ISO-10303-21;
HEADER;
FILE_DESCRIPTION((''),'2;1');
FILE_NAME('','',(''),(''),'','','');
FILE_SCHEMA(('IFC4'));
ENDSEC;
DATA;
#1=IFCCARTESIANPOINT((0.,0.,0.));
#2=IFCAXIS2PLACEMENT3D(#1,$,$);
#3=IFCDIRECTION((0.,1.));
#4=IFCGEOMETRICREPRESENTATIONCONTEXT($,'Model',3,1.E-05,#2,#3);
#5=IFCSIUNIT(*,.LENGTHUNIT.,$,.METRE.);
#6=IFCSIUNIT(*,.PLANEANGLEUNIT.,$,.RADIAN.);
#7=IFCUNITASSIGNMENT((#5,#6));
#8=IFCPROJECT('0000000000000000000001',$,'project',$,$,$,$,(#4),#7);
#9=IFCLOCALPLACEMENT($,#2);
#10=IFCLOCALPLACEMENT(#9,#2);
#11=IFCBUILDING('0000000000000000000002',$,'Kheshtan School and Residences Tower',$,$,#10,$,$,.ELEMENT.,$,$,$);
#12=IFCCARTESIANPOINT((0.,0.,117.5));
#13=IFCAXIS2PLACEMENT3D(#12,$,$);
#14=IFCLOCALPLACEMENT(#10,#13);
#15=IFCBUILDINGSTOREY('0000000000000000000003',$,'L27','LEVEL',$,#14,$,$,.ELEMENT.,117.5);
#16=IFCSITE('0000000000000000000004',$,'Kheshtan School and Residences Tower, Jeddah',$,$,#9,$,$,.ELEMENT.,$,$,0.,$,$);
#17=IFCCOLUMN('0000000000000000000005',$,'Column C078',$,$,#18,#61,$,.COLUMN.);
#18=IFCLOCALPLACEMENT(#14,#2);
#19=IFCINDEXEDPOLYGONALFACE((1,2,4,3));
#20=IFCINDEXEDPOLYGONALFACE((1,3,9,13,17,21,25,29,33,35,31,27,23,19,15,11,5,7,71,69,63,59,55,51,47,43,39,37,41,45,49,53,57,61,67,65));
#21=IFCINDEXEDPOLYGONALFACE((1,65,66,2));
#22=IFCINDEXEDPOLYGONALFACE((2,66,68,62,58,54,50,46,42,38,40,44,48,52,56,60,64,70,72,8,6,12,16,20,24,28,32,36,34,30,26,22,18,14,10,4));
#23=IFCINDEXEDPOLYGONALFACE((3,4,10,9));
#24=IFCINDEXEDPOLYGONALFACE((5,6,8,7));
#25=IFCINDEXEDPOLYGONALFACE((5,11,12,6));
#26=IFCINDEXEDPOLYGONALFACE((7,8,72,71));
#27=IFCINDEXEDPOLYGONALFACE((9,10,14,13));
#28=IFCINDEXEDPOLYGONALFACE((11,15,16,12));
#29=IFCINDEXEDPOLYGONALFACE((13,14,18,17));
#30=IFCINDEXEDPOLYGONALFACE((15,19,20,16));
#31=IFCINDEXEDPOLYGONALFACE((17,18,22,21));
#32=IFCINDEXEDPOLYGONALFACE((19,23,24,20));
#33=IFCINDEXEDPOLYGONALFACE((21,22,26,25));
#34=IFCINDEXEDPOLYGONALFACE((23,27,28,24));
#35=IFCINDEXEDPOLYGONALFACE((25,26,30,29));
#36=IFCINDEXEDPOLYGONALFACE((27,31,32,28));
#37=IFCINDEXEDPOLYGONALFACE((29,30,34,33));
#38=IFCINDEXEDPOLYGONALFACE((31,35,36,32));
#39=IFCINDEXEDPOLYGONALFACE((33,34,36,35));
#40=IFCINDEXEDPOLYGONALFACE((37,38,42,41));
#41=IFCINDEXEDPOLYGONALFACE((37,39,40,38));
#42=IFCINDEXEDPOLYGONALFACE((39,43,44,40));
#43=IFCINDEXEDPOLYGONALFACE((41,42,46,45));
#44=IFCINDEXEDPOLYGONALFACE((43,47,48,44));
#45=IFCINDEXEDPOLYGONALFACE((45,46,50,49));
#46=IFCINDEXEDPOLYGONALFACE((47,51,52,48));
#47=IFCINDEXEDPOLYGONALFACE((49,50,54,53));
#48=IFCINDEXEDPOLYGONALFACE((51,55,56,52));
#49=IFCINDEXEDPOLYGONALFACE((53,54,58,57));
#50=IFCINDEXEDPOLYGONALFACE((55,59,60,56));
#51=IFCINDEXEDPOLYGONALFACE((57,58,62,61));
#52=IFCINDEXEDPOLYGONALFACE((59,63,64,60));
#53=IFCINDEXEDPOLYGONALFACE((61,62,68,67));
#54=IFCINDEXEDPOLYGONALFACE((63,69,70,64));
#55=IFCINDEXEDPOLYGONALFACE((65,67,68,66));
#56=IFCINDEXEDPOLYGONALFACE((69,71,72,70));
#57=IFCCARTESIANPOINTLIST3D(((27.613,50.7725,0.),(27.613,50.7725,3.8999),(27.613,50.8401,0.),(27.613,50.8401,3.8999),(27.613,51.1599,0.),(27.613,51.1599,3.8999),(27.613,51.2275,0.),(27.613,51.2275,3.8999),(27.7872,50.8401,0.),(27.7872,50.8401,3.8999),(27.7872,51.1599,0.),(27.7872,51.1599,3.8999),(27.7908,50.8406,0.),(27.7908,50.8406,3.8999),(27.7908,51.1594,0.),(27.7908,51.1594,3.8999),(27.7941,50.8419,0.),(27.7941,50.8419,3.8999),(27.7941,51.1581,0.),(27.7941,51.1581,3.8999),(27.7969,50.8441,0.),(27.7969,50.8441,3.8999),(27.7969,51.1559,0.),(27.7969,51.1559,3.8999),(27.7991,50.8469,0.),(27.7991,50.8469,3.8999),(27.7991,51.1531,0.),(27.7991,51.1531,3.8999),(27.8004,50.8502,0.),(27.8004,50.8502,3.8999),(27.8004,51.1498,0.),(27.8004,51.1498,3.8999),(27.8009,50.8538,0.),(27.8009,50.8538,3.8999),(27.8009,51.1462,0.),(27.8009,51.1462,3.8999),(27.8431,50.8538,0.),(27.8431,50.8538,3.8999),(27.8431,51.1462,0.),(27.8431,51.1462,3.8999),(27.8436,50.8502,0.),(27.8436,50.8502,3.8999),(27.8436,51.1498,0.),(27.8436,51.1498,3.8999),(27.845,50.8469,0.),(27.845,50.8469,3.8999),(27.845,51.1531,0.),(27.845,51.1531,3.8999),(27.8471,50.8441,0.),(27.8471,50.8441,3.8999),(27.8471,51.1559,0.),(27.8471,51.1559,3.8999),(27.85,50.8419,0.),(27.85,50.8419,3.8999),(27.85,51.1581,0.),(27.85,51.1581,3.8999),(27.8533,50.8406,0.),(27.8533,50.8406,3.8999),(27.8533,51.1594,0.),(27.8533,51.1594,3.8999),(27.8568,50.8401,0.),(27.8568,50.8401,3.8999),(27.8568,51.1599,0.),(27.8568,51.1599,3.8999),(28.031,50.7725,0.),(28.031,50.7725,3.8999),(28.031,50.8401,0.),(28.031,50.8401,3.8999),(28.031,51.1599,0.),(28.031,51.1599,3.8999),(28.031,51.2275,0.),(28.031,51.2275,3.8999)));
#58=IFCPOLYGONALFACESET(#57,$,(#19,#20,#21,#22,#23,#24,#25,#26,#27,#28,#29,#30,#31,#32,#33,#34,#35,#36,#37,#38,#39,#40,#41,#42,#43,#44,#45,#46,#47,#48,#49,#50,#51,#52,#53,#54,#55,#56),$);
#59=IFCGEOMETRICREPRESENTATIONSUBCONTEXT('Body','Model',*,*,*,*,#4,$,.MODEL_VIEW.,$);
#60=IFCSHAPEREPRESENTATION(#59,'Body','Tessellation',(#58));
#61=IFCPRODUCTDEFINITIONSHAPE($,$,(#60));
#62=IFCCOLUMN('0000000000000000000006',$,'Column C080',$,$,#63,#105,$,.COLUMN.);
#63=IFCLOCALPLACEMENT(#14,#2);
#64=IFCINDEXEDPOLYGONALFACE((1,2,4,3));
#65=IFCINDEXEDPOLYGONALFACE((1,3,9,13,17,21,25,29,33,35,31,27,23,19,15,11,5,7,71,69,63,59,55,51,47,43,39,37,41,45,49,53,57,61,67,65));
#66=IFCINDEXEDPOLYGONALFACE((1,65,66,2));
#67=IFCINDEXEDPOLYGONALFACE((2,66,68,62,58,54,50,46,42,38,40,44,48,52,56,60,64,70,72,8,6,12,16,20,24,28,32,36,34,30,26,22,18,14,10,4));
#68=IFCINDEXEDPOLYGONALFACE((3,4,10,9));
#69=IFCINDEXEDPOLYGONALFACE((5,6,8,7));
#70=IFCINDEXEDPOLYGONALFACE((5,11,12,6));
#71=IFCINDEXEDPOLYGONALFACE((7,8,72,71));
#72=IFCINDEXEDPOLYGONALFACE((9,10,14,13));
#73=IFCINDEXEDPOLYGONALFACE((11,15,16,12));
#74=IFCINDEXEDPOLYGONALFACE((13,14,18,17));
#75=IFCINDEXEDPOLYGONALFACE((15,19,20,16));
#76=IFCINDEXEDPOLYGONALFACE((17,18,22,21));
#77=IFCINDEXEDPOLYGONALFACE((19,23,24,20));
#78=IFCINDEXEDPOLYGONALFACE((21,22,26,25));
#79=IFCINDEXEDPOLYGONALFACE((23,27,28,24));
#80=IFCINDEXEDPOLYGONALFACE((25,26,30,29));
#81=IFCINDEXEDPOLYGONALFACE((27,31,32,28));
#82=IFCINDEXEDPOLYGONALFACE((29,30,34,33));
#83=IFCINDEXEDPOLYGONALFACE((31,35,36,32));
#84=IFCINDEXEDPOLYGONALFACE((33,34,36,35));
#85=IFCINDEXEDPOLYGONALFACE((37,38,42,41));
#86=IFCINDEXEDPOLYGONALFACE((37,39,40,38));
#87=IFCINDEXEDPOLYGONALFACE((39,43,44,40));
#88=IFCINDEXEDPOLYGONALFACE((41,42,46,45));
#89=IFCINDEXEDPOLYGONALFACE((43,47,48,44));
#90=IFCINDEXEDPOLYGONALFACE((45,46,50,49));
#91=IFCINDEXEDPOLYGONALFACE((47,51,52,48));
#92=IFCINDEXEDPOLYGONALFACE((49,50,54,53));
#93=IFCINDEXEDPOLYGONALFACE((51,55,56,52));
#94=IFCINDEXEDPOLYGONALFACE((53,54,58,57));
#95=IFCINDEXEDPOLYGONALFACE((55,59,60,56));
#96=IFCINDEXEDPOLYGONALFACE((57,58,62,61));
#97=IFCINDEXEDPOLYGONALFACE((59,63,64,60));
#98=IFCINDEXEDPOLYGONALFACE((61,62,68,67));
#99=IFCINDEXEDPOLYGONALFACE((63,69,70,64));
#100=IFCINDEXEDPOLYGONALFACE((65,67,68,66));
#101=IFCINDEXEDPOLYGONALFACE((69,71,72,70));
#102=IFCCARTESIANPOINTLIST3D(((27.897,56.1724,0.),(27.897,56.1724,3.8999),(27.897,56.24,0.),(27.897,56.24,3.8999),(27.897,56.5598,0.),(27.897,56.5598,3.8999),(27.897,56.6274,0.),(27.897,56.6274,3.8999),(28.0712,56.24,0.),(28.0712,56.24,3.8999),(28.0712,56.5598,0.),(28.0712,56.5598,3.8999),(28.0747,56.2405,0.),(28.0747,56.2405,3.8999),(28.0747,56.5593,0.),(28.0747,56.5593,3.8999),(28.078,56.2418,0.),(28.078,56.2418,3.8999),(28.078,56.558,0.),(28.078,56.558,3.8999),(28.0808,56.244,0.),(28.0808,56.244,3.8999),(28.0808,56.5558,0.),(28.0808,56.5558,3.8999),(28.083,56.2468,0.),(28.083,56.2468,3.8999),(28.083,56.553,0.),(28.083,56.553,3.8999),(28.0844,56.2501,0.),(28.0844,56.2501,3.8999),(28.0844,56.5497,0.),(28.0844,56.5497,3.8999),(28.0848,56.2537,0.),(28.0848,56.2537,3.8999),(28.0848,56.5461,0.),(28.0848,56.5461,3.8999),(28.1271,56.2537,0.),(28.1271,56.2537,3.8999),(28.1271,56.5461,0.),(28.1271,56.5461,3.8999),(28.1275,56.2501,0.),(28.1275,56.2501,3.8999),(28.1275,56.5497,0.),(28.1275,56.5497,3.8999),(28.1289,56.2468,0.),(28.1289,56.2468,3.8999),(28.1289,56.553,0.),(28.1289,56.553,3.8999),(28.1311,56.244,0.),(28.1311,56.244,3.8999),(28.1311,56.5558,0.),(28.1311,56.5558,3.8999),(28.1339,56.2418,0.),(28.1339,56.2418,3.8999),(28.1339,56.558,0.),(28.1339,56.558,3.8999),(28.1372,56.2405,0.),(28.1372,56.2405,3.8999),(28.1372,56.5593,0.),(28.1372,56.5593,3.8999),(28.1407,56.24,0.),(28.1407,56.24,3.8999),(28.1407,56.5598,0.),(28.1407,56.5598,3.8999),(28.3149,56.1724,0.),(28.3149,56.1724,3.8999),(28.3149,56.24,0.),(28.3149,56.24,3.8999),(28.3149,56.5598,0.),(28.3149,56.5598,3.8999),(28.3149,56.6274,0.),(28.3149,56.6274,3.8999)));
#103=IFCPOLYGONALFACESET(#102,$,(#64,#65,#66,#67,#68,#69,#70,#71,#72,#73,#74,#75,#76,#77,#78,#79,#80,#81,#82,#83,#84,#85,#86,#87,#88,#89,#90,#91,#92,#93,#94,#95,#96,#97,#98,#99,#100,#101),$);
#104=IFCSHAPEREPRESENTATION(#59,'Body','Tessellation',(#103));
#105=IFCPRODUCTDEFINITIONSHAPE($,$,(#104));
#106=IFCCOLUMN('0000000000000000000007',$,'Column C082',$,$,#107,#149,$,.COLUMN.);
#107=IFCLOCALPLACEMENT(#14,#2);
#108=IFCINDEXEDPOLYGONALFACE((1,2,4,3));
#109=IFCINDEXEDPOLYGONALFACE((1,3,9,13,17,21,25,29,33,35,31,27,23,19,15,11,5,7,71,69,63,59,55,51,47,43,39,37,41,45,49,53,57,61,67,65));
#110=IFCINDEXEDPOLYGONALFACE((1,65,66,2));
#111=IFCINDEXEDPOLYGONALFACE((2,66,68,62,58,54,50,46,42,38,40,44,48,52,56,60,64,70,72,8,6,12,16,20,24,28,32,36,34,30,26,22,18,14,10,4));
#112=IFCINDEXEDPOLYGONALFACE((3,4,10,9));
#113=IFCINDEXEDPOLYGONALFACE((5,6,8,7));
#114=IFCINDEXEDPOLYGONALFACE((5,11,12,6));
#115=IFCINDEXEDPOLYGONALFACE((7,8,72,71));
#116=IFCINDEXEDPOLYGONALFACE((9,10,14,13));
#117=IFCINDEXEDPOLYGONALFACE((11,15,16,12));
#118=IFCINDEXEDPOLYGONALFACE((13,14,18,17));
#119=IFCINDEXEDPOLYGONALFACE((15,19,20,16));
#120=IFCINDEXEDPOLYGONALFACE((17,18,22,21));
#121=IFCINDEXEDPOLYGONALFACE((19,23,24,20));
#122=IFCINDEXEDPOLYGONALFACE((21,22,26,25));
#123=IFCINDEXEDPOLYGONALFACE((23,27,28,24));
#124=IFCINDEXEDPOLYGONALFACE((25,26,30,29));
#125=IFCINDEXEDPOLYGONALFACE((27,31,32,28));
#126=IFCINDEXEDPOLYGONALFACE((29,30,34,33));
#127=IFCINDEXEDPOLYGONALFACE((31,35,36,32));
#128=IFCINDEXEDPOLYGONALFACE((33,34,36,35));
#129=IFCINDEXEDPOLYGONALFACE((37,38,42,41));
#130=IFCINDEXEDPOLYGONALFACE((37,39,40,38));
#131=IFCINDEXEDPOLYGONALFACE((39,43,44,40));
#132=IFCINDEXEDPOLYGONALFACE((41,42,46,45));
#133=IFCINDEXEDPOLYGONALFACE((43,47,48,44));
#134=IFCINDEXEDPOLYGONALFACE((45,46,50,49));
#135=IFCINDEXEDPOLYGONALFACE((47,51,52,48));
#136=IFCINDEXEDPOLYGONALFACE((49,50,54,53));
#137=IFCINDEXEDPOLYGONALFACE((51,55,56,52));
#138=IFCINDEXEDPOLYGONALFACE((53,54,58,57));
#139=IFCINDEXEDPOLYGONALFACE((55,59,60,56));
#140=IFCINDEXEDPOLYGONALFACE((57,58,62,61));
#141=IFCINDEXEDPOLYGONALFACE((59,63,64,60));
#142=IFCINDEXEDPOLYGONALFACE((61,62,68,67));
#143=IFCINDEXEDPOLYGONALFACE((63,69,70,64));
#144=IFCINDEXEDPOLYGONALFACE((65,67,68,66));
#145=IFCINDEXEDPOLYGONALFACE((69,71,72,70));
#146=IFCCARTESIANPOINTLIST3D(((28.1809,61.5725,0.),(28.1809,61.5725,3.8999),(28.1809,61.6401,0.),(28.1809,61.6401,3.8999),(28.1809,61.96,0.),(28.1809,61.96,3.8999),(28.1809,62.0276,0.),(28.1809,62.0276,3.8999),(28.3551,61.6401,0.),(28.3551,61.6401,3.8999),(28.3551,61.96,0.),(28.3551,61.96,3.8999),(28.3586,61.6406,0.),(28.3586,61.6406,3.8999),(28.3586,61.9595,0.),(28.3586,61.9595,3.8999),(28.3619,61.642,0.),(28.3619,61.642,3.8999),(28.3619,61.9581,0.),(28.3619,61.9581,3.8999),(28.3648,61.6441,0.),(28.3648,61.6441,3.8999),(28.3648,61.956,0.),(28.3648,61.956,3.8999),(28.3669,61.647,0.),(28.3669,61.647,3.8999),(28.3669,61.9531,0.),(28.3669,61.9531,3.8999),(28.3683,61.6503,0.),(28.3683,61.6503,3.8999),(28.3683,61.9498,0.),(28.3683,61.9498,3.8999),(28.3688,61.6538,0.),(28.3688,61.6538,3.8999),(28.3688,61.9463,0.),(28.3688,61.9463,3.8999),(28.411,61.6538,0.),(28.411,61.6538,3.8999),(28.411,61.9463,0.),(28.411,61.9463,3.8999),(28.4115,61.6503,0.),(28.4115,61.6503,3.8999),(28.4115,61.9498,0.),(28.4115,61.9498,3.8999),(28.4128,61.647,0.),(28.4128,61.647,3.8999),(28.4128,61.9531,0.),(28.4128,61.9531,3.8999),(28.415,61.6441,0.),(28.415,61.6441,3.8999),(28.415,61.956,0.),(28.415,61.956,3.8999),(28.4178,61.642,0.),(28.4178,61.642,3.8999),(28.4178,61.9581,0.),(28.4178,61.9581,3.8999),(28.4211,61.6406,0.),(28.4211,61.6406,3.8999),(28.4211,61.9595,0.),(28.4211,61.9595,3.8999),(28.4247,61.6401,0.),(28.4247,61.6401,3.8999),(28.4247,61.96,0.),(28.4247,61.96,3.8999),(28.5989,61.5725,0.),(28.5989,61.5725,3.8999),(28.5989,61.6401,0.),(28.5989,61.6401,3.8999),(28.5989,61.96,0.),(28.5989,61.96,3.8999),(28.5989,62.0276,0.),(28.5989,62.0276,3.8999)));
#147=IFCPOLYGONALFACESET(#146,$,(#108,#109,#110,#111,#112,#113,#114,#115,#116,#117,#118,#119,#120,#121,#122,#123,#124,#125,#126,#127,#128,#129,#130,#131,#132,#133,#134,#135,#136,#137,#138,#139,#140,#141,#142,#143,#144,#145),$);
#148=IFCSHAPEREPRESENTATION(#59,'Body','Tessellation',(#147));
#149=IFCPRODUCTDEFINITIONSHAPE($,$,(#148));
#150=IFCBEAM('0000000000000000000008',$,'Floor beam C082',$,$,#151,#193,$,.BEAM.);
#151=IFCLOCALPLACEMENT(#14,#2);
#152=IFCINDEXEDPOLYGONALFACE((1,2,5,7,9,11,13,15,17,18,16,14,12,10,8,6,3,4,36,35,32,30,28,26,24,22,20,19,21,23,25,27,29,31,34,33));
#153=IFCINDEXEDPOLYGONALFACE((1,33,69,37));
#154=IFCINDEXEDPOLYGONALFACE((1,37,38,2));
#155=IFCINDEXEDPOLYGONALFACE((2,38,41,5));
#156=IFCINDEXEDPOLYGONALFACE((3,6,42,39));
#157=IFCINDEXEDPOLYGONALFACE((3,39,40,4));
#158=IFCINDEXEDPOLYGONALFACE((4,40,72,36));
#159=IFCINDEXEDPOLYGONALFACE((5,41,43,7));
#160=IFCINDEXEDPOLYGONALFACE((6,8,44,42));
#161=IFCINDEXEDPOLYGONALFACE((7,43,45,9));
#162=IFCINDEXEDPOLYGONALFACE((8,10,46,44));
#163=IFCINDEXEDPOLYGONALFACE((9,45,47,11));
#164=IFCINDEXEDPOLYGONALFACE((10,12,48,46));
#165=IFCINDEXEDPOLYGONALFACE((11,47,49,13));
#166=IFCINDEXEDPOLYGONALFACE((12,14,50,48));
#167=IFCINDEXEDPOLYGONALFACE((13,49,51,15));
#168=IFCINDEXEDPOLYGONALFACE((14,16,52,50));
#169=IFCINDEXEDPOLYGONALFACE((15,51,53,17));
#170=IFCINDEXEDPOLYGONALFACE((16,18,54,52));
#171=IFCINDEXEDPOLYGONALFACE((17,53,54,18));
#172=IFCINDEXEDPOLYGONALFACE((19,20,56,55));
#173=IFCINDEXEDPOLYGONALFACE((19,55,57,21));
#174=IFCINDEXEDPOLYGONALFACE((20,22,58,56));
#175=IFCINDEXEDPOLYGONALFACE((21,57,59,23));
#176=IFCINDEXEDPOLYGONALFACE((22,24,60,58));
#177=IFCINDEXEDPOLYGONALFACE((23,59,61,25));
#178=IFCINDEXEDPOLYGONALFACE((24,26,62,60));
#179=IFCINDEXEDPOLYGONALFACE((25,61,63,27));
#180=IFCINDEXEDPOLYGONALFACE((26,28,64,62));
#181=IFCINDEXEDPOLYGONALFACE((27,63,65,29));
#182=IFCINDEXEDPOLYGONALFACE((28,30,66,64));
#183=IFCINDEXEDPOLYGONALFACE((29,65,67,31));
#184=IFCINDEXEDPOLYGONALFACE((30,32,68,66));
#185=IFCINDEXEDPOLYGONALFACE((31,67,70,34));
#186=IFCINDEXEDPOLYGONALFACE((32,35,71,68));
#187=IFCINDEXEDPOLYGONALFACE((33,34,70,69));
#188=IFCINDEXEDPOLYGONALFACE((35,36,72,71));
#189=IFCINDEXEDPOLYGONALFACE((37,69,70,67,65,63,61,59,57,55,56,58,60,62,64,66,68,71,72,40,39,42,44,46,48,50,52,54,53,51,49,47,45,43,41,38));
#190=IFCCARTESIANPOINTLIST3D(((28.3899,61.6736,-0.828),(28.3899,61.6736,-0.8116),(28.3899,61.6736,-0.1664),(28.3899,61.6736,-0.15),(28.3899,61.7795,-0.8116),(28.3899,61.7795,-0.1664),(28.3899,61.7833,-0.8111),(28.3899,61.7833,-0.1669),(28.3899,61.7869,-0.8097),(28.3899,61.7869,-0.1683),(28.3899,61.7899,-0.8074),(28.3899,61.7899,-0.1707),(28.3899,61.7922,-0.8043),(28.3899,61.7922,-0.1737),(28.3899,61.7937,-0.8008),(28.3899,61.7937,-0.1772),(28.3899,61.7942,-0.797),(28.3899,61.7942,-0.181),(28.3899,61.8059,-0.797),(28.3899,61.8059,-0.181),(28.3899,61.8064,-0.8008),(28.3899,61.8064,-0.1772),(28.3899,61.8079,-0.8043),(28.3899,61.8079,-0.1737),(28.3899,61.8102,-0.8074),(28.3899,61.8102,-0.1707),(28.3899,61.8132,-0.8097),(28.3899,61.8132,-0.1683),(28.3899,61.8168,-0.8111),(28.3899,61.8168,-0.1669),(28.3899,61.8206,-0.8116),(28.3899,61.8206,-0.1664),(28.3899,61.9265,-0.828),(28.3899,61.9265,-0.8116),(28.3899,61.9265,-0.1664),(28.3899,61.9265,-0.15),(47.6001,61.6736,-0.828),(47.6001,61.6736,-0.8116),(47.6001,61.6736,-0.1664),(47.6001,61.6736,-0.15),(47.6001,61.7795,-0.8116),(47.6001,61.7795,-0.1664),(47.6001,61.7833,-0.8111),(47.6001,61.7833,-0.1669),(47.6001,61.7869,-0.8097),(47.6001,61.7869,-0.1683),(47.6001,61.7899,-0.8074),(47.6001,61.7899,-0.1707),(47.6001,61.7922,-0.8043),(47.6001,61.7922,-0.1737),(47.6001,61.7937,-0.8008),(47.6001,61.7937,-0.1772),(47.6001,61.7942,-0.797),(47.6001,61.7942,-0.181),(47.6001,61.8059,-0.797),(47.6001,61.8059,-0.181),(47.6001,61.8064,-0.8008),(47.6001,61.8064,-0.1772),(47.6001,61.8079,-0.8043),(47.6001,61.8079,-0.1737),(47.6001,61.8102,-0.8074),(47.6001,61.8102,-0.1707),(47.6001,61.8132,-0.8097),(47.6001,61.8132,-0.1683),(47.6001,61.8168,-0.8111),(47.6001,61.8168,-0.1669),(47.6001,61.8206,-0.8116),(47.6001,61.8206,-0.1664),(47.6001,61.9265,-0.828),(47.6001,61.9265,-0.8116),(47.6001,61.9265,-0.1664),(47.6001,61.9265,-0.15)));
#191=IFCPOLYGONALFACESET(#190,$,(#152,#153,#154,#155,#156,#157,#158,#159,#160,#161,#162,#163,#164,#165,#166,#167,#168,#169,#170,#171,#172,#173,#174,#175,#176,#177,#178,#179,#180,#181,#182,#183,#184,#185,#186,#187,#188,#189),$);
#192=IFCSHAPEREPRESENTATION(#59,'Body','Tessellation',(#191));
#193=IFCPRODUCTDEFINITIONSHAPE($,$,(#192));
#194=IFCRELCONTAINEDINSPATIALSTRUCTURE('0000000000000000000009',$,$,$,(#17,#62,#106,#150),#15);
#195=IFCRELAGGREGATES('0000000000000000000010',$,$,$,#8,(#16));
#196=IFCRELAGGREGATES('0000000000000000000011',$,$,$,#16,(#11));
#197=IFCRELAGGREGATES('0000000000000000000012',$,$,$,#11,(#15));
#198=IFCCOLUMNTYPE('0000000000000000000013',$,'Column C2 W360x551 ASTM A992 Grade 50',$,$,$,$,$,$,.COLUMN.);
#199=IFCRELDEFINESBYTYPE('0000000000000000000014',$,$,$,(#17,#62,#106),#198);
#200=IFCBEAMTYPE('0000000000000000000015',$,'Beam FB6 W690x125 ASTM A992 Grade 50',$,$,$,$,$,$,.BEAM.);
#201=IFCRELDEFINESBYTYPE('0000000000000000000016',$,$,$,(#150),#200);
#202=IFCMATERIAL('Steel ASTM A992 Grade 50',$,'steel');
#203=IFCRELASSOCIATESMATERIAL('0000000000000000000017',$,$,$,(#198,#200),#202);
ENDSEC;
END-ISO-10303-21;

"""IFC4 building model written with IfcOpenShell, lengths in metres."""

from ifc_helpers import new_model, si_unit, direction, frame, origin, origin_2d, place, context, subcontext, project, spatial, i_section, extrude, material, material_profile, profile_set, type_object, element, save


model = new_model("IFC4")

# Units and contexts
model_context = context("Model", 3, precision=1e-05, world=origin(), true_north=direction((0.0, 1.0)))
body_context = subcontext(model_context, "Body", "Model", "MODEL_VIEW")
ifc_project = project(units=[si_unit("LENGTHUNIT", "METRE"), si_unit("PLANEANGLEUNIT", "RADIAN")], contexts=[model_context])

# Site, building, storey
site_placement = place(None, origin())
site = spatial("IfcSite", under=ifc_project, at=site_placement, Name="Kheshtan School and Residences Tower, Jeddah", CompositionType="ELEMENT", RefElevation=0.0)
building_placement = place(site_placement, origin())
building = spatial("IfcBuilding", under=site, at=building_placement, Name="Kheshtan School and Residences Tower", CompositionType="ELEMENT")
storey_placement = place(building_placement, frame((0.0, 0.0, 117.5)))
storey = spatial("IfcBuildingStorey", under=building, at=storey_placement, Name="L27", Description="LEVEL", CompositionType="ELEMENT", Elevation=117.5)

# Columns
ifc_material_1 = material(Name="Steel ASTM A992 Grade 50", Category="steel")
ifc_material_profile_1 = material_profile(ifc_material_1, i_section(OverallWidth=0.418, OverallDepth=0.4551, WebThickness=0.0422, FlangeThickness=0.0676, FilletRadius=0.0137, at=origin_2d()), Name="W360x551")
ifc_profile_set_1 = profile_set([ifc_material_profile_1], Name="Steel ASTM A992 Grade 50")
column_type = type_object("IfcColumnType", Name="Column C2 W360x551 ASTM A992 Grade 50", PredefinedType="COLUMN", material=ifc_profile_set_1)
for number, where, z_axis, x_axis, name in (
    (1, (27.822, 51.0, 0.0), (0.0, 0.0, 1.0), (1.0, 0.0, 0.0), "Column C078"),
    (2, (28.106, 56.3999, 0.0), (0.0, 0.0, 1.0), (1.0, 0.0, 0.0), "Column C080"),
    (3, (28.3899, 61.8, 0.0), (0.0, 0.0, 1.0), (1.0, 0.0, 0.0), "Column C082"),
):
    element("IfcColumn", number, at=place(storey_placement, frame(where, z_axis=z_axis, x_axis=x_axis)), inside=storey, type_object=column_type, Name=name, PredefinedType="COLUMN", context=body_context, shape_type="SweptSolid", body=[
        extrude(i_section(OverallWidth=0.418, OverallDepth=0.4551, WebThickness=0.0422, FlangeThickness=0.0676, FilletRadius=0.0137, at=origin_2d()), origin(), (0.0, 0.0, 1.0), 3.8999),
    ])

# Beam
ifc_material_profile_2 = material_profile(ifc_material_1, i_section(OverallWidth=0.2529, OverallDepth=0.678, WebThickness=0.0117, FlangeThickness=0.0164, FilletRadius=0.0146, at=origin_2d()), Name="W690x125")
ifc_profile_set_2 = profile_set([ifc_material_profile_2], Name="Steel ASTM A992 Grade 50")
beam_type_1 = type_object("IfcBeamType", Name="Beam FB6 W690x125 ASTM A992 Grade 50", PredefinedType="BEAM", material=ifc_profile_set_2)
beam_1_placement = place(storey_placement, frame((28.3899, 61.8, -0.489), z_axis=(1.0, 0.0, 0.0), x_axis=(0.0, 1.0, 0.0)))
element("IfcBeam", 4, at=beam_1_placement, inside=storey, type_object=beam_type_1, Name="Floor beam C082", PredefinedType="BEAM", context=body_context, shape_type="SweptSolid", body=[
    extrude(i_section(OverallWidth=0.2529, OverallDepth=0.678, WebThickness=0.0117, FlangeThickness=0.0164, FilletRadius=0.0146, at=origin_2d()), origin(), (0.0, 0.0, 1.0), 19.2102),
])

save(model, "model.ifc")
